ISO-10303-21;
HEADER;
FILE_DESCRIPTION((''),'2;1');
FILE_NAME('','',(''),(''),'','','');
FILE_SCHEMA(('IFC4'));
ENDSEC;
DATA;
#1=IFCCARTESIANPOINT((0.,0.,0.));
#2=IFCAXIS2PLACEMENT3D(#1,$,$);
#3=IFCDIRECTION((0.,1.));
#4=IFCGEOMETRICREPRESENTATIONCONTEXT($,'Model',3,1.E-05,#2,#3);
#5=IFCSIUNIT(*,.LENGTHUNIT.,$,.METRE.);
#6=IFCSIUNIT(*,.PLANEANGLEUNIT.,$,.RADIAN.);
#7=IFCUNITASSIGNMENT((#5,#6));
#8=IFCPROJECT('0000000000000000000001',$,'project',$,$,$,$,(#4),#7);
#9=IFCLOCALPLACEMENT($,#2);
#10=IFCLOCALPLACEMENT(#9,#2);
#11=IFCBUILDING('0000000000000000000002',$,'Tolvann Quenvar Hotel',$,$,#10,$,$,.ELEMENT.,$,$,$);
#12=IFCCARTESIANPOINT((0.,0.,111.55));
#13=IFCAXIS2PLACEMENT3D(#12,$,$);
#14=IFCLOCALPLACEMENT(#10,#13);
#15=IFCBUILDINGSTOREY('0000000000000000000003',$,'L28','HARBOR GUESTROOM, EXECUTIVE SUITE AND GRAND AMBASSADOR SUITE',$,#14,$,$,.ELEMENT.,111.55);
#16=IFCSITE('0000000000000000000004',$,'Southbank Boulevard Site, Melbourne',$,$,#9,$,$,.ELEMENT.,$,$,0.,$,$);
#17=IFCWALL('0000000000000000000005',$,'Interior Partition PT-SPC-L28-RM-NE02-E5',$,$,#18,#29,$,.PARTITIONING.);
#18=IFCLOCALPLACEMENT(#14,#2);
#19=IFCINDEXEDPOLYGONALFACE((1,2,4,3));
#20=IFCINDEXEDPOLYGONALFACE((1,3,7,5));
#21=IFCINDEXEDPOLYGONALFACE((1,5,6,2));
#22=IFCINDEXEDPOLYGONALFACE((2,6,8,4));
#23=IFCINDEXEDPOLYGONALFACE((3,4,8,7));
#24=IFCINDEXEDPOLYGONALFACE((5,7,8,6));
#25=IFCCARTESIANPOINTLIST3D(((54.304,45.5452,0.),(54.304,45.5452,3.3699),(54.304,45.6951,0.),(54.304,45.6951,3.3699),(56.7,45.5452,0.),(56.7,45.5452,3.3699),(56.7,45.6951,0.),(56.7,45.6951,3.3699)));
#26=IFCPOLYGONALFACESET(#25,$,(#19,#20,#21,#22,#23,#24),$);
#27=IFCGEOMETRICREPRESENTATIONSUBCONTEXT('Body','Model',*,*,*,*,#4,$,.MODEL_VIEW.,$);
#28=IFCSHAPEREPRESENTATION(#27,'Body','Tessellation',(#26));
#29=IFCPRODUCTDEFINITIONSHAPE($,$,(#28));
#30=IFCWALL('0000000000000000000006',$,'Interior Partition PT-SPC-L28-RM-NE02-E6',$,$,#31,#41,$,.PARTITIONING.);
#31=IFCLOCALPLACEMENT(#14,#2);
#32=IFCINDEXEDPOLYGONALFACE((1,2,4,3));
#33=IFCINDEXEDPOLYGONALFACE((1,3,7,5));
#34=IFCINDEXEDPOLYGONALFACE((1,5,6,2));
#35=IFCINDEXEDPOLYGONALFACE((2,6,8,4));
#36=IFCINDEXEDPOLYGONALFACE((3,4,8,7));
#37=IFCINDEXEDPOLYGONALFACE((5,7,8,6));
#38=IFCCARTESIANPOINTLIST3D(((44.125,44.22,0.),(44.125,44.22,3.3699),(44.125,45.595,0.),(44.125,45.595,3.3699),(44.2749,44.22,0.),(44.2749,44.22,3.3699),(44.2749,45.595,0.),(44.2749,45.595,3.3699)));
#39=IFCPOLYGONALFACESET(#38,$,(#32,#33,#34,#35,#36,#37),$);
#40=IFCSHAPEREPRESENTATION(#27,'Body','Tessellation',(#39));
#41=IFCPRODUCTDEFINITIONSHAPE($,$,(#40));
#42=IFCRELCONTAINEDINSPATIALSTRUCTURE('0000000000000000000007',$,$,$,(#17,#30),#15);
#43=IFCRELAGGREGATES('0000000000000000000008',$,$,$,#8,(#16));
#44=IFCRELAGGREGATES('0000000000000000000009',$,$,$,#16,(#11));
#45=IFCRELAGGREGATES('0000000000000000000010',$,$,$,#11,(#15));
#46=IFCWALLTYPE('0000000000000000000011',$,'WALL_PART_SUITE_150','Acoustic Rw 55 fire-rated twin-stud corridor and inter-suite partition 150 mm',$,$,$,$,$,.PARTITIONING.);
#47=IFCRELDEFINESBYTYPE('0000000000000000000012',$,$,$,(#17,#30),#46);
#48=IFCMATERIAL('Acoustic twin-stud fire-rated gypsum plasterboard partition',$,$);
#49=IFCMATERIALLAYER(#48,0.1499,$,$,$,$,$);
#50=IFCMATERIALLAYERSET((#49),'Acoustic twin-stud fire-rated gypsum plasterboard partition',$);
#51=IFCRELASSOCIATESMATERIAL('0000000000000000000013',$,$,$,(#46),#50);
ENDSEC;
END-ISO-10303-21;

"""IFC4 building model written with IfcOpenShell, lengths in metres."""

from ifc_helpers import new_model, si_unit, direction, frame, frame_2d, origin, place, context, subcontext, project, spatial, rectangle, extrude, material, layer, layer_set, type_object, element, save


model = new_model("IFC4")

# Units and contexts
model_context = context("Model", 3, precision=1e-05, world=origin(), true_north=direction((0.0, 1.0)))
body_context = subcontext(model_context, "Body", "Model", "MODEL_VIEW")
ifc_project = project(units=[si_unit("LENGTHUNIT", "METRE"), si_unit("PLANEANGLEUNIT", "RADIAN")], contexts=[model_context])

# Site, building, storey
site_placement = place(None, origin())
site = spatial("IfcSite", under=ifc_project, at=site_placement, Name="Southbank Boulevard Site, Melbourne", CompositionType="ELEMENT", RefElevation=0.0)
building_placement = place(site_placement, origin())
building = spatial("IfcBuilding", under=site, at=building_placement, Name="Tolvann Quenvar Hotel", CompositionType="ELEMENT")
storey_placement = place(building_placement, frame((0.0, 0.0, 111.55)))
storey = spatial("IfcBuildingStorey", under=building, at=storey_placement, Name="L28", Description="HARBOR GUESTROOM, EXECUTIVE SUITE AND GRAND AMBASSADOR SUITE", CompositionType="ELEMENT", Elevation=111.55)

# Walls
ifc_material_1 = material(Name="Acoustic twin-stud fire-rated gypsum plasterboard partition")
ifc_layer_1 = layer(ifc_material_1, 0.1499)
ifc_layer_set_1 = layer_set([ifc_layer_1], Name="Acoustic twin-stud fire-rated gypsum plasterboard partition")
wall_type_1 = type_object("IfcWallType", Name="WALL_PART_SUITE_150", Description="Acoustic Rw 55 fire-rated twin-stud corridor and inter-suite partition 150 mm", PredefinedType="PARTITIONING", material=ifc_layer_set_1)
wall_1_placement = place(storey_placement, frame((54.304, 45.6201, 0.0), z_axis=(0.0, 0.0, 1.0), x_axis=(1.0, 0.0, 0.0)))
element("IfcWall", 1, at=wall_1_placement, inside=storey, type_object=wall_type_1, Name="Interior Partition PT-SPC-L28-RM-NE02-E5", PredefinedType="PARTITIONING", context=body_context, shape_type="SweptSolid", body=[
    extrude(rectangle(XDim=2.396, YDim=0.1499, at=frame_2d((1.198, 0.0))), origin(), (0.0, 0.0, 1.0), 3.3699),
])
wall_2_placement = place(storey_placement, frame((44.2, 44.22, 0.0), z_axis=(0.0, 0.0, 1.0), x_axis=(0.0, 1.0, 0.0)))
element("IfcWall", 2, at=wall_2_placement, inside=storey, type_object=wall_type_1, Name="Interior Partition PT-SPC-L28-RM-NE02-E6", PredefinedType="PARTITIONING", context=body_context, shape_type="SweptSolid", body=[
    extrude(rectangle(XDim=1.375, YDim=0.1499, at=frame_2d((0.6875, 0.0))), origin(), (0.0, 0.0, 1.0), 3.3699),
])

save(model, "model.ifc")
